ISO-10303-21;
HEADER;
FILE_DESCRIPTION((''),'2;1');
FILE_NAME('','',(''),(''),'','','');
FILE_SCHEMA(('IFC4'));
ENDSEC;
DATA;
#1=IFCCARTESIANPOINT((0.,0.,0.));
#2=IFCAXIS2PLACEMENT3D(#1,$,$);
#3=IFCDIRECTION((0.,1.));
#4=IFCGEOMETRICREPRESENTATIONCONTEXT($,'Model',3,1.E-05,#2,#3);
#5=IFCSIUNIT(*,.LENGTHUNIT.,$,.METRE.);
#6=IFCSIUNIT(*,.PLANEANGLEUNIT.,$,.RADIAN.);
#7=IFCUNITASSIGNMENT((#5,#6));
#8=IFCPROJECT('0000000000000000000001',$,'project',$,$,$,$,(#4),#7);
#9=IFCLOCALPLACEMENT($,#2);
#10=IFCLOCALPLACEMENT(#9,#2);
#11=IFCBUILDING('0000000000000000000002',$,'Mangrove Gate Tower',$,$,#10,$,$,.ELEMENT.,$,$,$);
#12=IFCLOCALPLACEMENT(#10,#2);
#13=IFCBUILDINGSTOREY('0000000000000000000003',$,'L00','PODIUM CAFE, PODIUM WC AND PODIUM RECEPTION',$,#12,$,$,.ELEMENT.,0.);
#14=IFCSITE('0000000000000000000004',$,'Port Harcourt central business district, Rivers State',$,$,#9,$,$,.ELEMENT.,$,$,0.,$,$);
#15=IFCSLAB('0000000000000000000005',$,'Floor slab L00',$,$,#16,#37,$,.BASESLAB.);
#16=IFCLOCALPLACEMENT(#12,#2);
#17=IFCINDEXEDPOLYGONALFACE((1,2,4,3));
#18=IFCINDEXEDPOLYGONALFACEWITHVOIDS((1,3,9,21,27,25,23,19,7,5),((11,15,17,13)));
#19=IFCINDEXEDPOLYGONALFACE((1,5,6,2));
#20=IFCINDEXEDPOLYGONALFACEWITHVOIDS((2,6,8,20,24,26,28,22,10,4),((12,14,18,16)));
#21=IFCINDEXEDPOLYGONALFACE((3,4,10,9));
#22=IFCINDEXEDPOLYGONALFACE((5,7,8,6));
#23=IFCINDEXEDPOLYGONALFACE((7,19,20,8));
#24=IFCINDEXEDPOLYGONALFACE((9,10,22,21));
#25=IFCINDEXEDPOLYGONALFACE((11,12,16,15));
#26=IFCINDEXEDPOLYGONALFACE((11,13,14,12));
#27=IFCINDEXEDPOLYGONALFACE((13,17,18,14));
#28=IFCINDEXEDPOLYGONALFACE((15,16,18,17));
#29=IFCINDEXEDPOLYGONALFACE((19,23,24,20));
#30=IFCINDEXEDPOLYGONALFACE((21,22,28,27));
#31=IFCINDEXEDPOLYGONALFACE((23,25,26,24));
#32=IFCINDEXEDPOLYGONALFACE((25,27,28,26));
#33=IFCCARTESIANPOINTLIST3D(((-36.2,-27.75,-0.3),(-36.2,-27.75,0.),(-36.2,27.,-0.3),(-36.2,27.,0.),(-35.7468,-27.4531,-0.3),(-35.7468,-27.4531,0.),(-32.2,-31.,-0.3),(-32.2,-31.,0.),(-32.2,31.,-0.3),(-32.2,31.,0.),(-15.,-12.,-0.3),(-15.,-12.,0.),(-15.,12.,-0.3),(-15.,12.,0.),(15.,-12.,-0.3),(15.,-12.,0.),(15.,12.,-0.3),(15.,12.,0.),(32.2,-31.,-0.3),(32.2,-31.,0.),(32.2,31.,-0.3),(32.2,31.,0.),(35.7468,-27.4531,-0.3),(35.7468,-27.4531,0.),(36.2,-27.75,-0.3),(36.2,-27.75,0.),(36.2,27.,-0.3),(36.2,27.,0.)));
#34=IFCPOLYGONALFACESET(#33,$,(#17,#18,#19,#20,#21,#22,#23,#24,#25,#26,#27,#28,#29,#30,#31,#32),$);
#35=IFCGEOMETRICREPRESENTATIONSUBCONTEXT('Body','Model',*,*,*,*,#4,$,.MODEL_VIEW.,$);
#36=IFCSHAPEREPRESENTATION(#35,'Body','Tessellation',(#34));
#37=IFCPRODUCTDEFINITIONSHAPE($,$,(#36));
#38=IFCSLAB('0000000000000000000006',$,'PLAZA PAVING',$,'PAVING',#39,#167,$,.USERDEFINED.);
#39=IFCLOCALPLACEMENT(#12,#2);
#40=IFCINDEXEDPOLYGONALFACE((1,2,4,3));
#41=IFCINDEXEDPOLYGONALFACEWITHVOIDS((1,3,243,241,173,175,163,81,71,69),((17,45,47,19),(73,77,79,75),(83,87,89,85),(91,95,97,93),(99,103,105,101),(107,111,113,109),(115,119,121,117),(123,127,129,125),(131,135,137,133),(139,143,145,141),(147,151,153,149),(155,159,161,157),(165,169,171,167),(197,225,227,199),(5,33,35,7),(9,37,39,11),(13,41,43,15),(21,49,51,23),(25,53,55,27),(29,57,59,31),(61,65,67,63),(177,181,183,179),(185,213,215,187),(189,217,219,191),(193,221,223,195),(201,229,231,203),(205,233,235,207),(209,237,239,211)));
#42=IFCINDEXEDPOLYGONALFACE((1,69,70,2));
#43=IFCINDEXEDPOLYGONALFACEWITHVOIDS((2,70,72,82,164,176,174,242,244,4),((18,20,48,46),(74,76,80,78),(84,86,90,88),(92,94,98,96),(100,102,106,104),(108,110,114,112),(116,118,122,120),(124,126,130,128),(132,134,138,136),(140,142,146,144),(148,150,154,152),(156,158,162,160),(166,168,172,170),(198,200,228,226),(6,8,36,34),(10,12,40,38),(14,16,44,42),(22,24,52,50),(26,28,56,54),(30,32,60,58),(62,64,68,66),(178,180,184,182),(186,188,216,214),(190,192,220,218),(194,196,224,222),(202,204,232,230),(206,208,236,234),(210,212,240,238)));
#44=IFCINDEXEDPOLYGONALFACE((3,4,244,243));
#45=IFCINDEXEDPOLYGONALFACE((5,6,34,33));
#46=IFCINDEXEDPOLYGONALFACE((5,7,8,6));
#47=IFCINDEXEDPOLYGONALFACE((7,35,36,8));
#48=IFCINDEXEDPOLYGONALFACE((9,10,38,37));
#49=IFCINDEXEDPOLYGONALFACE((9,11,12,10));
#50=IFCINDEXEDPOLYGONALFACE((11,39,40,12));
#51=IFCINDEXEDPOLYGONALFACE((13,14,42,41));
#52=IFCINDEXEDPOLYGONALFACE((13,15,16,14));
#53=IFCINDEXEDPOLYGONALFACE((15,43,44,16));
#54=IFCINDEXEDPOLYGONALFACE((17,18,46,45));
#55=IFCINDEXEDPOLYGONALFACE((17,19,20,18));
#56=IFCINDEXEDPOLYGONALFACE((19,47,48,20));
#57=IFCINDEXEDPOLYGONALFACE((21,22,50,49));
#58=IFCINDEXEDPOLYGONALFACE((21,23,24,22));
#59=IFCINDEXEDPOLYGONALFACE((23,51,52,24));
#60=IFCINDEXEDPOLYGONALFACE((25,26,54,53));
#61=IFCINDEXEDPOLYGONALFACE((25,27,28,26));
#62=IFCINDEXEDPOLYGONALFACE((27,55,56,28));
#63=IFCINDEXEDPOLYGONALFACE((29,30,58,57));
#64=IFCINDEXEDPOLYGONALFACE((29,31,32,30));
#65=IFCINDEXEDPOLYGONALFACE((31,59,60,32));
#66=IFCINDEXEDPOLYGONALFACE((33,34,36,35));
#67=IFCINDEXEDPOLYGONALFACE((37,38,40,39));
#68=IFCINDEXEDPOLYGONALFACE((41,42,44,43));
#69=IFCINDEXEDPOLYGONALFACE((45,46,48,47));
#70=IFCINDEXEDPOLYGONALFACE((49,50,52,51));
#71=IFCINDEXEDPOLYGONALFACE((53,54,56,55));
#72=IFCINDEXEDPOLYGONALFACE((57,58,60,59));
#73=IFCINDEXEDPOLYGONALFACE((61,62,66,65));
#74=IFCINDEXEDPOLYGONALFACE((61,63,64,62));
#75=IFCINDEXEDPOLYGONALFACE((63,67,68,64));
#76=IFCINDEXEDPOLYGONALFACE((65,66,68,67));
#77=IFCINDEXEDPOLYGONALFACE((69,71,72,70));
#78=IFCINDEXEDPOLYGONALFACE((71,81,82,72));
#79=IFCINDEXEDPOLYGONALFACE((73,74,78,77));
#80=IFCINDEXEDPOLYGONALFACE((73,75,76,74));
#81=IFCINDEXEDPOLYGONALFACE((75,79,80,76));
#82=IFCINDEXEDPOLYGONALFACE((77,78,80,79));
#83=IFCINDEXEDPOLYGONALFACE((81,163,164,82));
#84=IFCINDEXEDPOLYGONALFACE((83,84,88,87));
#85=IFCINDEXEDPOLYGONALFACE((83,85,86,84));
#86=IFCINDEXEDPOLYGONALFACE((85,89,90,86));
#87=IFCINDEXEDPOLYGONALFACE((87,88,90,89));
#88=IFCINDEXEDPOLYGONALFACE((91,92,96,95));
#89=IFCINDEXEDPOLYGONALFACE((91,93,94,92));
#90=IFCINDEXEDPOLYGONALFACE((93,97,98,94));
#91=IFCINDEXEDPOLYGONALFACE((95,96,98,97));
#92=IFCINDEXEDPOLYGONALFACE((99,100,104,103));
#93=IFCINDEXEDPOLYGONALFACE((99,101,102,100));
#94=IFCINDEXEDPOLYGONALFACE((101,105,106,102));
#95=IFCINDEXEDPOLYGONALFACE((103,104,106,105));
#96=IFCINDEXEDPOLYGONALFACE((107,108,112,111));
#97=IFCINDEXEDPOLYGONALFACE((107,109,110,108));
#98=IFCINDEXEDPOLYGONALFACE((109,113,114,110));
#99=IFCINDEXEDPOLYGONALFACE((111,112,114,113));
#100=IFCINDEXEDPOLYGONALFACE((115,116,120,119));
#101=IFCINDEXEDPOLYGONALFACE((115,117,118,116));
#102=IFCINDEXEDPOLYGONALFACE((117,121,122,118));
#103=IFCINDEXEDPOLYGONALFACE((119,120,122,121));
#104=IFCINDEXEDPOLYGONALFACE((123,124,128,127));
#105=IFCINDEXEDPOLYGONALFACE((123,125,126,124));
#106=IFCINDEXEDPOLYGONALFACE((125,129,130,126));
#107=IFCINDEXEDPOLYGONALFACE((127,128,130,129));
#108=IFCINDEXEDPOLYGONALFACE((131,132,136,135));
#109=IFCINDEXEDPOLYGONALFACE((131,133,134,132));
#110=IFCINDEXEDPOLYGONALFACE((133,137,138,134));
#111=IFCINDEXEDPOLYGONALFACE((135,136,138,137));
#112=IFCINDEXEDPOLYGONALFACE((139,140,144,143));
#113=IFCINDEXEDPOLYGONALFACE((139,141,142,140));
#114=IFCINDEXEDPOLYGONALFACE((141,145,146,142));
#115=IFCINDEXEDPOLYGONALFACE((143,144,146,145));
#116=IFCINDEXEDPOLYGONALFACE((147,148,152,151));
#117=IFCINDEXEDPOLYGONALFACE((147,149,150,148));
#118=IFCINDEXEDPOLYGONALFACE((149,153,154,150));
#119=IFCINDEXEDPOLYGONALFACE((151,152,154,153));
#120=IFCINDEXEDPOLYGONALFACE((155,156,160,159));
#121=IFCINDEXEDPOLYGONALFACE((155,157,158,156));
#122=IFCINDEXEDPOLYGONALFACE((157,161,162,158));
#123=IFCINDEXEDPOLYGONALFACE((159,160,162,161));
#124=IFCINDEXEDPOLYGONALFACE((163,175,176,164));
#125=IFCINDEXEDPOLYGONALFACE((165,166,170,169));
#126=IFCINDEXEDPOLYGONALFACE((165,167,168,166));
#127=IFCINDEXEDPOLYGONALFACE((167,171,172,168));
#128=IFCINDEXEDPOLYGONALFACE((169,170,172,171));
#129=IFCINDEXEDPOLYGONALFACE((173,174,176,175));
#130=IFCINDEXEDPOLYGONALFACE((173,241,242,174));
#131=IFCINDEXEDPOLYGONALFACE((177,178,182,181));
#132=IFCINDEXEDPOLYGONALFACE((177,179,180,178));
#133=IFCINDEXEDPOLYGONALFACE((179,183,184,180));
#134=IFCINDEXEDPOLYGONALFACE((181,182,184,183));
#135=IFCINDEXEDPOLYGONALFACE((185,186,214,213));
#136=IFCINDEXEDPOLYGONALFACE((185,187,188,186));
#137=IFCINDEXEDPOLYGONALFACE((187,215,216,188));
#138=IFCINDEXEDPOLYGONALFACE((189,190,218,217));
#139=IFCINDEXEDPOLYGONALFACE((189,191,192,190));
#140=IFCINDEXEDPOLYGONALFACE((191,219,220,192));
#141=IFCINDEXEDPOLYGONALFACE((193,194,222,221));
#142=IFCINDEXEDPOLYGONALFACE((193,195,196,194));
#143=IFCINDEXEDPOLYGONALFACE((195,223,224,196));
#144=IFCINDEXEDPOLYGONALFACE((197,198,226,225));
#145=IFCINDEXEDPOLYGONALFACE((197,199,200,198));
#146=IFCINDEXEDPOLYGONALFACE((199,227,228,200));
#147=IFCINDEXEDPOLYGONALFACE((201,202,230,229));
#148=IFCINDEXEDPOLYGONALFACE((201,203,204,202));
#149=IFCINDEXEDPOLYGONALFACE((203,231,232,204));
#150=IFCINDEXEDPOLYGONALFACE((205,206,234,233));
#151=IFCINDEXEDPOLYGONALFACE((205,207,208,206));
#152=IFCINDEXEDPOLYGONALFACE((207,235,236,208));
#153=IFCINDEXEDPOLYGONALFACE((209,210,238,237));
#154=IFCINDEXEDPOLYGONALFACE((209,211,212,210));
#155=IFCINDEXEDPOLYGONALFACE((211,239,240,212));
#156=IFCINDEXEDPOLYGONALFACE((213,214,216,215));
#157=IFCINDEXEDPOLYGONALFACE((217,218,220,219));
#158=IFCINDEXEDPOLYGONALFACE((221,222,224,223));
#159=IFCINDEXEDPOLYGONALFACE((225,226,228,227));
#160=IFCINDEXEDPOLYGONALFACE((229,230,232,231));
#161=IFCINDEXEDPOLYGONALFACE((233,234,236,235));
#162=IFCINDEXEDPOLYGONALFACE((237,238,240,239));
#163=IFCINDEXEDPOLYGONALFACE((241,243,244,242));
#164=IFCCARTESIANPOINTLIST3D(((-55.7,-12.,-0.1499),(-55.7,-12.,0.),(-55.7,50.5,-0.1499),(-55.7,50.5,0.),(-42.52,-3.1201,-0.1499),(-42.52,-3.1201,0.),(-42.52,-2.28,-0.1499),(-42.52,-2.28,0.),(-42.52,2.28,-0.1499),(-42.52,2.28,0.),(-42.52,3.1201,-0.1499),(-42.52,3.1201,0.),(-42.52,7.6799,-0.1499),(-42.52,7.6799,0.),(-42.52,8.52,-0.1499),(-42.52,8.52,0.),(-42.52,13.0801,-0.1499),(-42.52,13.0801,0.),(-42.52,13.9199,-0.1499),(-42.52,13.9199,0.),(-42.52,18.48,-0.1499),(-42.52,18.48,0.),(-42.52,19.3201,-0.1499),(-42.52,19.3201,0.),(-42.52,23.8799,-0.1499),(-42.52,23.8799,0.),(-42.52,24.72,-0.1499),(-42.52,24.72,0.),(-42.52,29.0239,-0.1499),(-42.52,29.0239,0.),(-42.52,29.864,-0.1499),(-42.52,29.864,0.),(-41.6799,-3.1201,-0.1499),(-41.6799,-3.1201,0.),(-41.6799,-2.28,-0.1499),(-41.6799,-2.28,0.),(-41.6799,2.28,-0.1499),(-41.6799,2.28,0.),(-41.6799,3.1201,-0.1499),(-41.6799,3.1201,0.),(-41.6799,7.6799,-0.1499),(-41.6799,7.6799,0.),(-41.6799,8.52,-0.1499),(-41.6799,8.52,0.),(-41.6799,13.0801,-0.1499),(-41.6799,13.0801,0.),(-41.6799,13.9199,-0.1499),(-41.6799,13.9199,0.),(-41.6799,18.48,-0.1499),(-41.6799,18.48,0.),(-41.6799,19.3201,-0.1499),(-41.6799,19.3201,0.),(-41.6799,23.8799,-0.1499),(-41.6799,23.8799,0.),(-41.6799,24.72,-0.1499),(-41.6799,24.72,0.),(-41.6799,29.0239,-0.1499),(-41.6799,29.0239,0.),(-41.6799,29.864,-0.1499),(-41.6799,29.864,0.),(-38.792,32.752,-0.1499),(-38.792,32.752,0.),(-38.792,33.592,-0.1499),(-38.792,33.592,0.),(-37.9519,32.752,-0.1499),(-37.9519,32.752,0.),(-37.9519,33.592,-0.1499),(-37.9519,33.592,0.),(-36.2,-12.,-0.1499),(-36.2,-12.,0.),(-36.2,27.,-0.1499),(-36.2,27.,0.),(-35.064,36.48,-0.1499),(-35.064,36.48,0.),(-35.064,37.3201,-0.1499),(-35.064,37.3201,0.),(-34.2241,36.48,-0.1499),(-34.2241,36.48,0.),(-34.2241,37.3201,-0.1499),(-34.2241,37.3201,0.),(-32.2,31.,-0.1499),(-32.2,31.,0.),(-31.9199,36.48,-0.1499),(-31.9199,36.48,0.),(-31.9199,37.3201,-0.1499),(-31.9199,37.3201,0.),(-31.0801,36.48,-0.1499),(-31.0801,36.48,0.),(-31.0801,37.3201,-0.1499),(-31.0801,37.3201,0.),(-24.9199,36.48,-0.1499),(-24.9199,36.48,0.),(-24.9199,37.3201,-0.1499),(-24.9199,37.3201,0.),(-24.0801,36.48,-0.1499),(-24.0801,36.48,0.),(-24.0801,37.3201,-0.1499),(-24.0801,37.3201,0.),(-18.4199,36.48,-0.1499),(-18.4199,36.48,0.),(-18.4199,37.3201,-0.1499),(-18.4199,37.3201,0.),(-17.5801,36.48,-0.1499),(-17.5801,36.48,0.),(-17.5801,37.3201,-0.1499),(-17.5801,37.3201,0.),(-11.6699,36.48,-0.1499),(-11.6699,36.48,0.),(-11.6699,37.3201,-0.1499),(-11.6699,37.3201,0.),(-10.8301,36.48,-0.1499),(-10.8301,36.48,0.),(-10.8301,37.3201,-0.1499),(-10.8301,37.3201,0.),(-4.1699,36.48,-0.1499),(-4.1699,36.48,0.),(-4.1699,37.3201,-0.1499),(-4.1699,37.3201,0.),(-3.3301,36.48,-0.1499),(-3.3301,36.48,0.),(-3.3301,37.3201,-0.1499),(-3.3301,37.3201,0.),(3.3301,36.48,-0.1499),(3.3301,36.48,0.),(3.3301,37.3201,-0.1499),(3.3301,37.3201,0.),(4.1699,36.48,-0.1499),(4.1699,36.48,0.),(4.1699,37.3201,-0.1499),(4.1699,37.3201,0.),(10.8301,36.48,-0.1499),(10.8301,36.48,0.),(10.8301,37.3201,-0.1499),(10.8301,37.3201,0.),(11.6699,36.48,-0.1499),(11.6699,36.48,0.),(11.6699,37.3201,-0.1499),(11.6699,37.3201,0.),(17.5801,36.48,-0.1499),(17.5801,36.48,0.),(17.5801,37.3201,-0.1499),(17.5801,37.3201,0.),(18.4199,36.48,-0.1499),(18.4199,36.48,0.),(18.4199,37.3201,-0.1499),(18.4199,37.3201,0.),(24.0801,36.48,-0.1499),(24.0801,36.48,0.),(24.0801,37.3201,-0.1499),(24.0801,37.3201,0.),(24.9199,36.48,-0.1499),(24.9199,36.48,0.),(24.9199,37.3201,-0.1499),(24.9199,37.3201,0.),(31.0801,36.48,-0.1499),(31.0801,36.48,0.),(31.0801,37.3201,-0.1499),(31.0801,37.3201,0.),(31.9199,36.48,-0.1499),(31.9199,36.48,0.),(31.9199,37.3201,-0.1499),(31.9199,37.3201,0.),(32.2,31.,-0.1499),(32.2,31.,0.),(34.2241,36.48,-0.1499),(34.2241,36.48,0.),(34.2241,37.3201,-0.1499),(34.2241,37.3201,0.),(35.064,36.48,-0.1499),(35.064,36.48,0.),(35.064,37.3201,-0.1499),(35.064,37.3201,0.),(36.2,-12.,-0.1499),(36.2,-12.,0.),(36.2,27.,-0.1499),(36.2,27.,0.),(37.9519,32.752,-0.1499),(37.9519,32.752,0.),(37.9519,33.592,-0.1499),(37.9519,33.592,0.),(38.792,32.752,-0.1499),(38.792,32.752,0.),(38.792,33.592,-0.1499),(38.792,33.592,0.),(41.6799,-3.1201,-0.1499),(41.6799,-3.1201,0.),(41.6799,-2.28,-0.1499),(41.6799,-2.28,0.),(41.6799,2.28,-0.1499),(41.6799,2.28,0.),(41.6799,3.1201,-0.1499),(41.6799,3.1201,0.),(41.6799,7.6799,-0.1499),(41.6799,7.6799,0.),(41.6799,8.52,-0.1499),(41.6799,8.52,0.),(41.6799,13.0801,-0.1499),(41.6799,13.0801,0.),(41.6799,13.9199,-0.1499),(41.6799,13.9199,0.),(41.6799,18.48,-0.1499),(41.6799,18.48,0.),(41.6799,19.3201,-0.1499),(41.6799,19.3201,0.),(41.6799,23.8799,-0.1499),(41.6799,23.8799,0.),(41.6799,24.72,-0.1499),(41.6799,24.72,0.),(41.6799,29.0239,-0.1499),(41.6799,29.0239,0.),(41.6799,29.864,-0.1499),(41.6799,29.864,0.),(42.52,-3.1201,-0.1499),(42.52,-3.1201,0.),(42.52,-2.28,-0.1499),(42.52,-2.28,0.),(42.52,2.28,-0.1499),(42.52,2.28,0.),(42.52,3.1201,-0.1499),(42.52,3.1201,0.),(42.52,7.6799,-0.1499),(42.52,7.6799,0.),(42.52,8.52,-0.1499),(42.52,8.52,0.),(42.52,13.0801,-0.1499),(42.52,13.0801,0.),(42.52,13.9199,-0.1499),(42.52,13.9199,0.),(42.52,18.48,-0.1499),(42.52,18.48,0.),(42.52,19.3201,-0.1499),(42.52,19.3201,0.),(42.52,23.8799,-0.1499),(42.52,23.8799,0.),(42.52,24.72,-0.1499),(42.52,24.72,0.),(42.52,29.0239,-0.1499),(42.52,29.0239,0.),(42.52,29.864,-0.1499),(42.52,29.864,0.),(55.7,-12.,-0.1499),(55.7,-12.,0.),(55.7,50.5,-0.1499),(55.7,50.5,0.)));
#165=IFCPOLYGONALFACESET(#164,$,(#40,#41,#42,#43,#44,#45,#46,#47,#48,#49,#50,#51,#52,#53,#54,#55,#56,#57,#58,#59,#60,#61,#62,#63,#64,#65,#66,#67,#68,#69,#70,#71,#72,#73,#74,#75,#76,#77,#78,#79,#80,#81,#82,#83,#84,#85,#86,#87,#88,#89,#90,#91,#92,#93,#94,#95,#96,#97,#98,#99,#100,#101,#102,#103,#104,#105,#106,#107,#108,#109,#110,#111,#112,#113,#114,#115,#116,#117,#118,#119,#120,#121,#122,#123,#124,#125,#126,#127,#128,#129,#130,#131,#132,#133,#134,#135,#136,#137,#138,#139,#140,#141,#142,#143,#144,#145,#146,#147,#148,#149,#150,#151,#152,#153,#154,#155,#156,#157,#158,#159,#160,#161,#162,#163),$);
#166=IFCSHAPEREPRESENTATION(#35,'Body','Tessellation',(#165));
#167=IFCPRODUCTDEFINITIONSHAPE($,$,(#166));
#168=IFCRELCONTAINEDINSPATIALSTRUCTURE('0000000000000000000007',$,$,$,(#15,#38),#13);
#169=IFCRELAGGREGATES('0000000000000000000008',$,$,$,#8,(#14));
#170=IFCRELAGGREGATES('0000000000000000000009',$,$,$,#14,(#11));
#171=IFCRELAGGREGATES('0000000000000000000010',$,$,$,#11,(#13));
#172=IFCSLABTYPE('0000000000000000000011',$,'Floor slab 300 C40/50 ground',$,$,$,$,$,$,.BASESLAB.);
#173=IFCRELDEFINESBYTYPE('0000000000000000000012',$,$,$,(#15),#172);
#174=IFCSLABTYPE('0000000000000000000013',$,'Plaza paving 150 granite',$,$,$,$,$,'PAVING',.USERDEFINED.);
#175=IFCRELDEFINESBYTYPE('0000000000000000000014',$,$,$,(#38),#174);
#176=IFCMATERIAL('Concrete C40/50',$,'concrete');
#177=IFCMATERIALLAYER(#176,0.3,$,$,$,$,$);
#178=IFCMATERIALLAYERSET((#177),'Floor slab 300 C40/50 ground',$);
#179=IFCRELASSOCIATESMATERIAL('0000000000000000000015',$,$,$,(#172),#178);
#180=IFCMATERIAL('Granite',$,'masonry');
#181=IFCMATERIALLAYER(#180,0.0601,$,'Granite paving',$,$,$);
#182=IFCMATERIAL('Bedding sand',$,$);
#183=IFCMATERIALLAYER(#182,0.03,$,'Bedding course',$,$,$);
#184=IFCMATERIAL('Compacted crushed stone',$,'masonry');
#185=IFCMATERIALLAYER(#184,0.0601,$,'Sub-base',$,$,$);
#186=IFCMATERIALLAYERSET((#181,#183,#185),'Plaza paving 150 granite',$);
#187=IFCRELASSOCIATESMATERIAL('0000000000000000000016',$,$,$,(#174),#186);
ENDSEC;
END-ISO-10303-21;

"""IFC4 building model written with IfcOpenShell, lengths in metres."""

from ifc_helpers import new_model, si_unit, direction, frame, origin, place, context, subcontext, project, spatial, polyline, outline, extrude, material, layer, layer_set, type_object, element, save


model = new_model("IFC4")

# Units and contexts
model_context = context("Model", 3, precision=1e-05, world=origin(), true_north=direction((0.0, 1.0)))
body_context = subcontext(model_context, "Body", "Model", "MODEL_VIEW")
ifc_project = project(units=[si_unit("LENGTHUNIT", "METRE"), si_unit("PLANEANGLEUNIT", "RADIAN")], contexts=[model_context])

# Site, building, storey
site_placement = place(None, origin())
site = spatial("IfcSite", under=ifc_project, at=site_placement, Name="Port Harcourt central business district, Rivers State", CompositionType="ELEMENT", RefElevation=0.0)
building_placement = place(site_placement, origin())
building = spatial("IfcBuilding", under=site, at=building_placement, Name="Mangrove Gate Tower", CompositionType="ELEMENT")
storey_placement = place(building_placement, origin())
storey = spatial("IfcBuildingStorey", under=building, at=storey_placement, Name="L00", Description="PODIUM CAFE, PODIUM WC AND PODIUM RECEPTION", CompositionType="ELEMENT", Elevation=0.0)

# Slabs
ifc_material_1 = material(Name="Compacted crushed stone", Category="masonry")
ifc_material_2 = material(Name="Concrete C40/50", Category="concrete")
ifc_layer_1 = layer(ifc_material_2, 0.3)
ifc_layer_set_1 = layer_set([ifc_layer_1], Name="Floor slab 300 C40/50 ground")
slab_type_1 = type_object("IfcSlabType", Name="Floor slab 300 C40/50 ground", PredefinedType="BASESLAB", material=ifc_layer_set_1)
slab_1_placement = place(storey_placement, frame((0.0, 0.0, -0.3)))
element("IfcSlab", 1, at=slab_1_placement, inside=storey, type_object=slab_type_1, Name="Floor slab L00", PredefinedType="BASESLAB", context=body_context, shape_type="SweptSolid", body=[
    extrude(outline(polyline([(-36.2, -27.75), (-35.7468, -27.4531), (-32.2, -31.0), (32.2, -31.0), (35.7468, -27.4531), (36.2, -27.75), (36.2, 27.0), (32.2, 31.0), (-32.2, 31.0), (-36.2, 27.0), (-36.2, -27.75)]), holes=[polyline([(-15.0, 12.0), (15.0, 12.0), (15.0, -12.0), (-15.0, -12.0), (-15.0, 12.0)])]), origin(), (0.0, 0.0, 1.0), 0.3),
])
ifc_material_3 = material(Name="Granite", Category="masonry")
ifc_layer_2 = layer(ifc_material_3, 0.0601, Name="Granite paving")
ifc_material_4 = material(Name="Bedding sand")
ifc_layer_3 = layer(ifc_material_4, 0.03, Name="Bedding course")
ifc_layer_4 = layer(ifc_material_1, 0.0601, Name="Sub-base")
ifc_layer_set_2 = layer_set([ifc_layer_2, ifc_layer_3, ifc_layer_4], Name="Plaza paving 150 granite")
slab_type_2 = type_object("IfcSlabType", Name="Plaza paving 150 granite", ElementType="PAVING", PredefinedType="USERDEFINED", material=ifc_layer_set_2)
slab_2_placement = place(storey_placement, frame((0.0, 0.0, -0.1499)))
element("IfcSlab", 2, at=slab_2_placement, inside=storey, type_object=slab_type_2, Name="PLAZA PAVING", ObjectType="PAVING", PredefinedType="USERDEFINED", context=body_context, shape_type="SweptSolid", body=[
    extrude(outline(polyline([(55.7, -12.0), (36.2, -12.0), (36.2, 27.0), (32.2, 31.0), (32.2, 31.0), (-32.2, 31.0), (-32.2, 31.0), (-36.2, 27.0), (-36.2, -12.0), (-55.7, -12.0), (-55.7, 50.5), (55.7, 50.5), (55.7, -12.0)]), holes=[polyline([(-41.6799, -3.1201), (-41.6799, -2.28), (-42.52, -2.28), (-42.52, -3.1201), (-41.6799, -3.1201)]), polyline([(-41.6799, 3.1201), (-42.52, 3.1201), (-42.52, 2.28), (-41.6799, 2.28), (-41.6799, 3.1201)]), polyline([(-41.6799, 8.52), (-42.52, 8.52), (-42.52, 7.6799), (-41.6799, 7.6799), (-41.6799, 8.52)]), polyline([(-41.6799, 13.9199), (-42.52, 13.9199), (-42.52, 13.0801), (-41.6799, 13.0801), (-41.6799, 13.9199)]), polyline([(-41.6799, 18.48), (-41.6799, 19.3201), (-42.52, 19.3201), (-42.52, 18.48), (-41.6799, 18.48)]), polyline([(-41.6799, 23.8799), (-41.6799, 24.72), (-42.52, 24.72), (-42.52, 23.8799), (-41.6799, 23.8799)]), polyline([(-41.6799, 29.864), (-42.52, 29.864), (-42.52, 29.0239), (-41.6799, 29.0239), (-41.6799, 29.864)]), polyline([(-37.9519, 33.592), (-38.792, 33.592), (-38.792, 32.752), (-37.9519, 32.752), (-37.9519, 33.592)]), polyline([(-34.2241, 37.3201), (-35.064, 37.3201), (-35.064, 36.48), (-34.2241, 36.48), (-34.2241, 37.3201)]), polyline([(-31.0801, 36.48), (-31.0801, 37.3201), (-31.9199, 37.3201), (-31.9199, 36.48), (-31.0801, 36.48)]), polyline([(-24.0801, 36.48), (-24.0801, 37.3201), (-24.9199, 37.3201), (-24.9199, 36.48), (-24.0801, 36.48)]), polyline([(-17.5801, 37.3201), (-18.4199, 37.3201), (-18.4199, 36.48), (-17.5801, 36.48), (-17.5801, 37.3201)]), polyline([(-10.8301, 37.3201), (-11.6699, 37.3201), (-11.6699, 36.48), (-10.8301, 36.48), (-10.8301, 37.3201)]), polyline([(-3.3301, 37.3201), (-4.1699, 37.3201), (-4.1699, 36.48), (-3.3301, 36.48), (-3.3301, 37.3201)]), polyline([(4.1699, 36.48), (4.1699, 37.3201), (3.3301, 37.3201), (3.3301, 36.48), (4.1699, 36.48)]), polyline([(11.6699, 36.48), (11.6699, 37.3201), (10.8301, 37.3201), (10.8301, 36.48), (11.6699, 36.48)]), polyline([(18.4199, 37.3201), (17.5801, 37.3201), (17.5801, 36.48), (18.4199, 36.48), (18.4199, 37.3201)]), polyline([(24.9199, 37.3201), (24.0801, 37.3201), (24.0801, 36.48), (24.9199, 36.48), (24.9199, 37.3201)]), polyline([(42.52, -2.28), (41.6799, -2.28), (41.6799, -3.1201), (42.52, -3.1201), (42.52, -2.28)]), polyline([(42.52, 3.1201), (41.6799, 3.1201), (41.6799, 2.28), (42.52, 2.28), (42.52, 3.1201)]), polyline([(42.52, 7.6799), (42.52, 8.52), (41.6799, 8.52), (41.6799, 7.6799), (42.52, 7.6799)]), polyline([(42.52, 13.0801), (42.52, 13.9199), (41.6799, 13.9199), (41.6799, 13.0801), (42.52, 13.0801)]), polyline([(42.52, 19.3201), (41.6799, 19.3201), (41.6799, 18.48), (42.52, 18.48), (42.52, 19.3201)]), polyline([(42.52, 23.8799), (42.52, 24.72), (41.6799, 24.72), (41.6799, 23.8799), (42.52, 23.8799)]), polyline([(42.52, 29.0239), (42.52, 29.864), (41.6799, 29.864), (41.6799, 29.0239), (42.52, 29.0239)]), polyline([(38.792, 33.592), (37.9519, 33.592), (37.9519, 32.752), (38.792, 32.752), (38.792, 33.592)]), polyline([(31.9199, 36.48), (31.9199, 37.3201), (31.0801, 37.3201), (31.0801, 36.48), (31.9199, 36.48)]), polyline([(35.064, 36.48), (35.064, 37.3201), (34.2241, 37.3201), (34.2241, 36.48), (35.064, 36.48)])]), origin(), (0.0, 0.0, 1.0), 0.1499),
])

save(model, "model.ifc")
